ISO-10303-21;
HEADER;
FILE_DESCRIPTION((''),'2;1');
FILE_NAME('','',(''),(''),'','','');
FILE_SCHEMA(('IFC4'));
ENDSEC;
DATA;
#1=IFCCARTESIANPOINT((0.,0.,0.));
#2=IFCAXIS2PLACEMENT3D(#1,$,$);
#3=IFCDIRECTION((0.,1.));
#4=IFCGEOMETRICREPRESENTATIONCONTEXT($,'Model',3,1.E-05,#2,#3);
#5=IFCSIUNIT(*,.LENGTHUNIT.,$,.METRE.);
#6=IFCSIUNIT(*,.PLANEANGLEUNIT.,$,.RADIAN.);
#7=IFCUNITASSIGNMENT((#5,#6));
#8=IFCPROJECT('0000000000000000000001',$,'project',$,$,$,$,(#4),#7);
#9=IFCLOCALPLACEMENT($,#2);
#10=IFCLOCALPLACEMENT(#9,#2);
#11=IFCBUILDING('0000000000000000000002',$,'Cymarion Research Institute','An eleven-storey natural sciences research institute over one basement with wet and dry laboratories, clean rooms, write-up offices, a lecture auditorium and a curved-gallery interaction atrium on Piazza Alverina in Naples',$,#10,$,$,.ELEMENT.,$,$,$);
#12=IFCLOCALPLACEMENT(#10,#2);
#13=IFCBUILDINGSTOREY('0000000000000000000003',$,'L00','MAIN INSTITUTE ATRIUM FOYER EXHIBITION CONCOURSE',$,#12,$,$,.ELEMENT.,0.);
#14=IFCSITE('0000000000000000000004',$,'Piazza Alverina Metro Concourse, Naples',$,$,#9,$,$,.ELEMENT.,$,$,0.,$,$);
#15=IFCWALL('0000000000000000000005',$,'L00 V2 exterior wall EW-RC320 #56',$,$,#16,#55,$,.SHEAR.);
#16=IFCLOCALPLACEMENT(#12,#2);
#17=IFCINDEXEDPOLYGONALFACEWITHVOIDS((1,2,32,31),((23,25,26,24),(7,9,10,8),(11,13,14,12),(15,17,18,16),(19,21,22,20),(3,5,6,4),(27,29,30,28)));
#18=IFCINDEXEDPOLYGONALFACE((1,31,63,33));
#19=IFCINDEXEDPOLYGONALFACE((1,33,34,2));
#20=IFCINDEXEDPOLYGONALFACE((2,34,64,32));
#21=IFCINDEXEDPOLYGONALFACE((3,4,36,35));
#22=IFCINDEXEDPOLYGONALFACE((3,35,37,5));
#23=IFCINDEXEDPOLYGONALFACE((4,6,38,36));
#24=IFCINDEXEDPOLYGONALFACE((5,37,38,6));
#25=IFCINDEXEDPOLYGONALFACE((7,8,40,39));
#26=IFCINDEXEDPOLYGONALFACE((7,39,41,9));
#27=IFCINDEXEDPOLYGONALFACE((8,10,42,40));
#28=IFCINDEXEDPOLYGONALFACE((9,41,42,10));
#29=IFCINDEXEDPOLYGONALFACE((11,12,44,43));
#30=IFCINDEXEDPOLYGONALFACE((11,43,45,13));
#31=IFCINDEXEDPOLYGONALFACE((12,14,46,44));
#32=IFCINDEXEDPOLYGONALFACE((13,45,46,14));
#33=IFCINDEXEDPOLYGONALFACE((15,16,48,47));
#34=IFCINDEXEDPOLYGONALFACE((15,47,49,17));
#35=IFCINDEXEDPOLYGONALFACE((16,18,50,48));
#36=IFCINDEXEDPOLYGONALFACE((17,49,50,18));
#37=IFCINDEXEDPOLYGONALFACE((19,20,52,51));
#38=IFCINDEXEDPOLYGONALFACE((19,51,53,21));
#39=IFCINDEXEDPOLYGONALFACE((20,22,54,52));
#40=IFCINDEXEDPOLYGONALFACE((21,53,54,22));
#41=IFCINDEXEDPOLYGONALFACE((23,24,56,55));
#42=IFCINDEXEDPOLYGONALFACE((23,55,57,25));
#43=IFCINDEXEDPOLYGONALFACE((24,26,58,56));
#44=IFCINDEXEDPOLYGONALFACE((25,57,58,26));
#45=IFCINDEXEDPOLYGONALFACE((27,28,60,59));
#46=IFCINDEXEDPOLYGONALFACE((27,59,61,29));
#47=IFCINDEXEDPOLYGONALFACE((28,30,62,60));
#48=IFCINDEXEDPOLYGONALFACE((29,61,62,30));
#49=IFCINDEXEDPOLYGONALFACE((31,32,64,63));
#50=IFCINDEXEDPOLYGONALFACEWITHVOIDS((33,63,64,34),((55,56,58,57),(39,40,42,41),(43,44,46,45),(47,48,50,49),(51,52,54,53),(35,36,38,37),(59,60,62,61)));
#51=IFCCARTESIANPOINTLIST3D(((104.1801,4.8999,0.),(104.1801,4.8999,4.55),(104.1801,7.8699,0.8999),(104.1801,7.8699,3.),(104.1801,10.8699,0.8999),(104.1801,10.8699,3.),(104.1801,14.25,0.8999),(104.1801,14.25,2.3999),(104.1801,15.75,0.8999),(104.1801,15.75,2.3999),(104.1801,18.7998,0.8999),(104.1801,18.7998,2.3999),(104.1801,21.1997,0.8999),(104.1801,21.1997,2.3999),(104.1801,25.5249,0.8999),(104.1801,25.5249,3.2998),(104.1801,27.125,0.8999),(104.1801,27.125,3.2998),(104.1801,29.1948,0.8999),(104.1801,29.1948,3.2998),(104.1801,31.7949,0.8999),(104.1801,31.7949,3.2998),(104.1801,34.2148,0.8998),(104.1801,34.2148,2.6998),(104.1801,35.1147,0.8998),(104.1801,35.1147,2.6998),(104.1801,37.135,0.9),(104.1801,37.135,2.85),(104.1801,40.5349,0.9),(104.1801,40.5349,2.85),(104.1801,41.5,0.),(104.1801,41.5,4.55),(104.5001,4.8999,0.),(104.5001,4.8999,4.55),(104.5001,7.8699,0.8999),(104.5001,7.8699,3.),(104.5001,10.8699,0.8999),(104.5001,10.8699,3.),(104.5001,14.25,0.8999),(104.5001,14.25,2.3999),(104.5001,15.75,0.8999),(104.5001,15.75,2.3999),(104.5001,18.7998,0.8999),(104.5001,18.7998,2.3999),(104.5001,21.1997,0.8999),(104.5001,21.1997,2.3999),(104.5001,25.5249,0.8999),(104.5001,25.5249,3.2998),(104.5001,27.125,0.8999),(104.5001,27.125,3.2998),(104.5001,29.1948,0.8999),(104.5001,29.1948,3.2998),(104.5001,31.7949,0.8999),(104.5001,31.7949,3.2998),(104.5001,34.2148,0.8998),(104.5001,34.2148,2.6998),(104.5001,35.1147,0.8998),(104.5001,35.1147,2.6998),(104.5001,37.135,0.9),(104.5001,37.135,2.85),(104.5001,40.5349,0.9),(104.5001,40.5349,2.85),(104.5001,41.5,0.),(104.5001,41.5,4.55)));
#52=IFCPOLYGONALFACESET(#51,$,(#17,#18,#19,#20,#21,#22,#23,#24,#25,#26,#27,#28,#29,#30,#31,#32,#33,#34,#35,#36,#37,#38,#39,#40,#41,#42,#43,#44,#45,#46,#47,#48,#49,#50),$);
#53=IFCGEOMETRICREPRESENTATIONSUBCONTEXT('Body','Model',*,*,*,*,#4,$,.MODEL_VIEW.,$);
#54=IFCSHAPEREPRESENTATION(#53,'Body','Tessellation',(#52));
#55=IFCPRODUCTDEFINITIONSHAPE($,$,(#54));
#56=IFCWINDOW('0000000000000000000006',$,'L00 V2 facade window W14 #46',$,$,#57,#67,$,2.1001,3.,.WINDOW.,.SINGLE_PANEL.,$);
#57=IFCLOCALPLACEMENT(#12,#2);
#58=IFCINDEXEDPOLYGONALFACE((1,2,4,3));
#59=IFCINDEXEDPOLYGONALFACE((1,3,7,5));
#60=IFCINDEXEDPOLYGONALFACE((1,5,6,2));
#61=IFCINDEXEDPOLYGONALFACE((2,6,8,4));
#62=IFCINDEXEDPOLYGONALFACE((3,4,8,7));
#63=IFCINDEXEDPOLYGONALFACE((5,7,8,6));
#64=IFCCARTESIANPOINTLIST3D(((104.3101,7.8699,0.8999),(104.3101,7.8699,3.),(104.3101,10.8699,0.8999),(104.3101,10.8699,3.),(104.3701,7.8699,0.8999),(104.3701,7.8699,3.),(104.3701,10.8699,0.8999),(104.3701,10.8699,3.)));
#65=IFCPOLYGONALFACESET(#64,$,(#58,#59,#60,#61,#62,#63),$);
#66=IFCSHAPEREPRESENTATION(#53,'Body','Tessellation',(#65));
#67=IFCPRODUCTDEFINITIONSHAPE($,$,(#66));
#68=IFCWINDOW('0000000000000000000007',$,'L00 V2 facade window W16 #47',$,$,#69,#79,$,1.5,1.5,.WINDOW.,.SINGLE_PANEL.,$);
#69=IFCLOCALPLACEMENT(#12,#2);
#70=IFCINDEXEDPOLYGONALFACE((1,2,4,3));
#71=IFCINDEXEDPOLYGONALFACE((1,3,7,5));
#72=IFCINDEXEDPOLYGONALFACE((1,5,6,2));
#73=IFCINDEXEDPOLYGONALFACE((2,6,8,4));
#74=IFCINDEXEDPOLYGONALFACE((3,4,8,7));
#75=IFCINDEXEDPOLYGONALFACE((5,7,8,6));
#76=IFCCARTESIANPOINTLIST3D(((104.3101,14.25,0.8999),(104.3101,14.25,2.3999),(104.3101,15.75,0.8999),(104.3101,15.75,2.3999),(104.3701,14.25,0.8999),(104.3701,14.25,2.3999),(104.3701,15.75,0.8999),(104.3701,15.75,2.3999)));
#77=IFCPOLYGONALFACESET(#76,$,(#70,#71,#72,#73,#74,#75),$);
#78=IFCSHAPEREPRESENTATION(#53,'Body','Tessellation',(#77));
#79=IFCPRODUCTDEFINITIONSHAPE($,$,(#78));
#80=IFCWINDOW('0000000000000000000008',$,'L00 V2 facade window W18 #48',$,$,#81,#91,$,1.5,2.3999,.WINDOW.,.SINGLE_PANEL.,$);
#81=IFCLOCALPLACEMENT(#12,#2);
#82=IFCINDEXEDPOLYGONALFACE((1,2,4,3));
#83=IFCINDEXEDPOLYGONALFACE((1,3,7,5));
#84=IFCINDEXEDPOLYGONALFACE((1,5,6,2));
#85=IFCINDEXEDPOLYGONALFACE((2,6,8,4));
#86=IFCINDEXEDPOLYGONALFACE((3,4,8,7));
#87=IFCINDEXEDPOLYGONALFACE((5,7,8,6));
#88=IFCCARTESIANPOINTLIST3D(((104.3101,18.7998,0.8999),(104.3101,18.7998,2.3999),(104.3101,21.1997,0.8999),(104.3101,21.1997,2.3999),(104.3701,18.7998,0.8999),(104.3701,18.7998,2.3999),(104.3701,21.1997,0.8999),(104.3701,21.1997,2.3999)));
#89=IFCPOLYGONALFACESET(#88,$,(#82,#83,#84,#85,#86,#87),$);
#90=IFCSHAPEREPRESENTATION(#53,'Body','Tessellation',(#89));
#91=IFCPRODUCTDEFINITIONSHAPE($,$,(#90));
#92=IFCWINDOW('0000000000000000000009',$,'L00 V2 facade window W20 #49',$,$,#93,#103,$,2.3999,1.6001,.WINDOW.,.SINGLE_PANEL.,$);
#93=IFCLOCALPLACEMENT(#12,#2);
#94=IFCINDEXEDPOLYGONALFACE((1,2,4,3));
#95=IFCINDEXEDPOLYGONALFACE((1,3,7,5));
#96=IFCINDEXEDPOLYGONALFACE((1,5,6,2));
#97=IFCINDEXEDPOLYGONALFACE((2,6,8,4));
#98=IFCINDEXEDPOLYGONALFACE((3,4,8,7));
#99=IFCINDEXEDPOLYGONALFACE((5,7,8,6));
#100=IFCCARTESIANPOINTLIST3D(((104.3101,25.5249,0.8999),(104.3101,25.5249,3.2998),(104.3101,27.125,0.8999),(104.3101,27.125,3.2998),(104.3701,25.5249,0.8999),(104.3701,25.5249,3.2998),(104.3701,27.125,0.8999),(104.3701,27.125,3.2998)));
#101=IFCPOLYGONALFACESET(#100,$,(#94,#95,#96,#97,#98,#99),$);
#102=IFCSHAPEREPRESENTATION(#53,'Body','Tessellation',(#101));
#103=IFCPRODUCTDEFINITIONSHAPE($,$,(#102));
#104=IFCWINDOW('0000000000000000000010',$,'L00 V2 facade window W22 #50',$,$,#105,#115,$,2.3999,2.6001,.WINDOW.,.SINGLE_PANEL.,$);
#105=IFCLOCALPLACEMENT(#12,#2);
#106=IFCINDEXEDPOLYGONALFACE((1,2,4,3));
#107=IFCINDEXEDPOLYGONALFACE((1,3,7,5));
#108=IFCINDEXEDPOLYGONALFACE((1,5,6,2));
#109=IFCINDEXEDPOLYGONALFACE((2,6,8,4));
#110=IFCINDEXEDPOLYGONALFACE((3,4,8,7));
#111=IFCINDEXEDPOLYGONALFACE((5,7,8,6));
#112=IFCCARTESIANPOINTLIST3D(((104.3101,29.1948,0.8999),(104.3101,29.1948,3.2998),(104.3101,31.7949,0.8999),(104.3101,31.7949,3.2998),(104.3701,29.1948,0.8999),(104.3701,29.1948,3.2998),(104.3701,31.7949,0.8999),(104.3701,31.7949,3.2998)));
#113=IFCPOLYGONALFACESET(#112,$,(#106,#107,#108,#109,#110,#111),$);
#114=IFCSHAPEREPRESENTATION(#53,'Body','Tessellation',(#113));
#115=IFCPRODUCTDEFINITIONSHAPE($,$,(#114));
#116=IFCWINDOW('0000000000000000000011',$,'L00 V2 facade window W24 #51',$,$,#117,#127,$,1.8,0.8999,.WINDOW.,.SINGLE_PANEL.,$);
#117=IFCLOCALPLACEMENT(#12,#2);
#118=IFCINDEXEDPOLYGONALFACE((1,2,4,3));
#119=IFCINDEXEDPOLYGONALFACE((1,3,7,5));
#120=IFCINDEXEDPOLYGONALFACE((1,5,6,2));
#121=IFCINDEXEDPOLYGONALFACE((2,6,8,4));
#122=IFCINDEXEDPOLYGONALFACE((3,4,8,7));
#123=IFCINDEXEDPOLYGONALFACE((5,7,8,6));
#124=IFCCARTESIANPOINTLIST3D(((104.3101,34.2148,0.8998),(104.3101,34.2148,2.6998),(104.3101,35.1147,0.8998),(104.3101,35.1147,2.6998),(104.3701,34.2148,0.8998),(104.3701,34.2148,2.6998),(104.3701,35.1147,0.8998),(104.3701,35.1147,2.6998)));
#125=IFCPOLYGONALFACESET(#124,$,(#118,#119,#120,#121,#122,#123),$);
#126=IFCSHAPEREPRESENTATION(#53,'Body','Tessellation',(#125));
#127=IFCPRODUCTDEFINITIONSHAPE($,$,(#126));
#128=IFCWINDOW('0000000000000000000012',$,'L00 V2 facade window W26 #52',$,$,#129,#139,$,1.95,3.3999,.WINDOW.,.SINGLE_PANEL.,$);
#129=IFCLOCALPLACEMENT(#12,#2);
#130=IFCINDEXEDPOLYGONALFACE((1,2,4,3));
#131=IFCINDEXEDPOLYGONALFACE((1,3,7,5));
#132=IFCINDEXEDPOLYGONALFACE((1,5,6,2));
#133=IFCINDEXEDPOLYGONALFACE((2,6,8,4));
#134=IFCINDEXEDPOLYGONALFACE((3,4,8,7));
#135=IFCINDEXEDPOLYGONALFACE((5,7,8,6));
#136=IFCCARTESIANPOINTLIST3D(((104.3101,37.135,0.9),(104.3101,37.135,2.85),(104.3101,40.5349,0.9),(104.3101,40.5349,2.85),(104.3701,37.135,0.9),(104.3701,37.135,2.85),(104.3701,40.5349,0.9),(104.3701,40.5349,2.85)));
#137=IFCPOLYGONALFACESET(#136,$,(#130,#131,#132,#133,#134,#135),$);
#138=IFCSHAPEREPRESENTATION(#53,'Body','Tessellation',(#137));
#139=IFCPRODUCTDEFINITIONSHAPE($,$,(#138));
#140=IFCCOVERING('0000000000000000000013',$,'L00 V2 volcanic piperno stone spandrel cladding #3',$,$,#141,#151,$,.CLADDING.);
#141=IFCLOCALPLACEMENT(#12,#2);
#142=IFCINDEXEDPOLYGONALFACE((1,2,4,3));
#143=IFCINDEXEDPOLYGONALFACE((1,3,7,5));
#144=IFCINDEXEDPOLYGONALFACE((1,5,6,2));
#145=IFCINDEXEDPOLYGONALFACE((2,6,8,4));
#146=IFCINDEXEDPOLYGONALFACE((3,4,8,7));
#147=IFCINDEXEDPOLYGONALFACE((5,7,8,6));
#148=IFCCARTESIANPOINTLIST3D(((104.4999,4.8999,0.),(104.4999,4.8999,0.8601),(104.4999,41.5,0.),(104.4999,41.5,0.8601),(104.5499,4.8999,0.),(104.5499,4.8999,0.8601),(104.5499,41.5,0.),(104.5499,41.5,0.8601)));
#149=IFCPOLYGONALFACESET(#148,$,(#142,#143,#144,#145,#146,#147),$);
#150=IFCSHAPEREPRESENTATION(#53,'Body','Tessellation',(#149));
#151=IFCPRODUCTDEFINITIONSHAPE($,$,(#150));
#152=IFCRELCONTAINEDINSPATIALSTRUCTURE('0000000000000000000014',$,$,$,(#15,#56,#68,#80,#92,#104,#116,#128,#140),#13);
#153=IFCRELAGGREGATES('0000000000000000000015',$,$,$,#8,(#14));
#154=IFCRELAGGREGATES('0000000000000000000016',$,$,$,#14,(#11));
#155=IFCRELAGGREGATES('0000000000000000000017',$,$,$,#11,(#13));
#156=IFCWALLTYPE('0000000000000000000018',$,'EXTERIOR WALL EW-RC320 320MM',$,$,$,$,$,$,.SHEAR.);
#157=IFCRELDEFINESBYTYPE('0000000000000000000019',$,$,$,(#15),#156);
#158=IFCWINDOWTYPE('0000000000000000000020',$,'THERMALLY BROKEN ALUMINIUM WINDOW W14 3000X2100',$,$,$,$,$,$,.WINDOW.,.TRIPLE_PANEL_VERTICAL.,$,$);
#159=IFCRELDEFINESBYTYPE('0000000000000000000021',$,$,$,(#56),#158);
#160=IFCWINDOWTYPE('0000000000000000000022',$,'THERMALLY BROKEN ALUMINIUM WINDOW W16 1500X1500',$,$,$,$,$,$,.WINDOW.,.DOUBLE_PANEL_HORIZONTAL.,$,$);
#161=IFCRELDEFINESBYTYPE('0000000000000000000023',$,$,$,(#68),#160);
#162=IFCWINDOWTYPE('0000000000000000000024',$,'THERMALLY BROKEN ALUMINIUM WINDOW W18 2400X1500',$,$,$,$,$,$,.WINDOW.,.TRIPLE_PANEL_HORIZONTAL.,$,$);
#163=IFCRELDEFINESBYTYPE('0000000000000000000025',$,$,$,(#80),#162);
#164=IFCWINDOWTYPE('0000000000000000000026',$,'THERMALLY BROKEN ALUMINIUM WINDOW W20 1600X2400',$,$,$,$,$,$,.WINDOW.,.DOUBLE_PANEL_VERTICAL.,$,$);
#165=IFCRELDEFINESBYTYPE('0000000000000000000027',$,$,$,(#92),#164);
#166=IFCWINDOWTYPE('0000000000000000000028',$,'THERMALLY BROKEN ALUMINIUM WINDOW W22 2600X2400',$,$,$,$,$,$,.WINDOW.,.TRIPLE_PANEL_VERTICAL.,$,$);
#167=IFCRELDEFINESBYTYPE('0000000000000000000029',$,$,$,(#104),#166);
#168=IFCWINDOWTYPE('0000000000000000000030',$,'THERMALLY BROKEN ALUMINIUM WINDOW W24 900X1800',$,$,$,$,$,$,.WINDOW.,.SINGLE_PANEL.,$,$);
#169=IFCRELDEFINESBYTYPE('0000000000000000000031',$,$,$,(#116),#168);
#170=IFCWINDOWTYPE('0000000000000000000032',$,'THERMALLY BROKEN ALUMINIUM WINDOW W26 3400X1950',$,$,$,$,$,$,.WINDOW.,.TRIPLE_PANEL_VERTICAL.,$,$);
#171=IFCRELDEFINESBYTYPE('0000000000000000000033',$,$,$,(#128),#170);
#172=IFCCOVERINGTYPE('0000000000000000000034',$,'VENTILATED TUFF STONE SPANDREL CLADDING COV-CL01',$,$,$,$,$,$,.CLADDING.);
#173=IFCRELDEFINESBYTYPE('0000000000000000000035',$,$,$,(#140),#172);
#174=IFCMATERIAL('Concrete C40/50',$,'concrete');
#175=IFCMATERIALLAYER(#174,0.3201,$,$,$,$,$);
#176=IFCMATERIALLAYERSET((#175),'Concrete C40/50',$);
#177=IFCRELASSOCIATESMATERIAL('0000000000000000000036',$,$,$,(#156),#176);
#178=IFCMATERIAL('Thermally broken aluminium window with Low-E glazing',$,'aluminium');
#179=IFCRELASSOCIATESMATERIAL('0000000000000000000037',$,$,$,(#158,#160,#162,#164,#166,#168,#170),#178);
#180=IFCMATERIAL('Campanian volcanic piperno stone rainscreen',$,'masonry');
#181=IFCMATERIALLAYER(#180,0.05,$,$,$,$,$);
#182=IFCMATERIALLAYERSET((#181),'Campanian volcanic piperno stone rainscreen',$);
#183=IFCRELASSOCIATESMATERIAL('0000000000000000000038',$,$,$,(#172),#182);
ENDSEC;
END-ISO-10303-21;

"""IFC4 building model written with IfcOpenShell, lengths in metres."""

from ifc_helpers import new_model, si_unit, direction, frame, frame_2d, origin, place, context, subcontext, project, spatial, rectangle, extrude, material, layer, layer_set, type_object, element, fill, save


model = new_model("IFC4")

# Units and contexts
model_context = context("Model", 3, precision=1e-05, world=origin(), true_north=direction((0.0, 1.0)))
body_context = subcontext(model_context, "Body", "Model", "MODEL_VIEW")
ifc_project = project(units=[si_unit("LENGTHUNIT", "METRE"), si_unit("PLANEANGLEUNIT", "RADIAN")], contexts=[model_context])

# Site, building, storey
site_placement = place(None, origin())
site = spatial("IfcSite", under=ifc_project, at=site_placement, Name="Piazza Alverina Metro Concourse, Naples", CompositionType="ELEMENT", RefElevation=0.0)
building_placement = place(site_placement, origin())
building = spatial("IfcBuilding", under=site, at=building_placement, Name="Cymarion Research Institute", Description="An eleven-storey natural sciences research institute over one basement with wet and dry laboratories, clean rooms, write-up offices, a lecture auditorium and a curved-gallery interaction atrium on Piazza Alverina in Naples", CompositionType="ELEMENT")
storey_placement = place(building_placement, origin())
storey = spatial("IfcBuildingStorey", under=building, at=storey_placement, Name="L00", Description="MAIN INSTITUTE ATRIUM FOYER EXHIBITION CONCOURSE", CompositionType="ELEMENT", Elevation=0.0)

# Wall, openings, windows
ifc_material_1 = material(Name="Concrete C40/50", Category="concrete")
ifc_layer_1 = layer(ifc_material_1, 0.3201)
ifc_layer_set_1 = layer_set([ifc_layer_1], Name="Concrete C40/50")
wall_type = type_object("IfcWallType", Name="EXTERIOR WALL EW-RC320 320MM", PredefinedType="SHEAR", material=ifc_layer_set_1)
wall_placement = place(storey_placement, frame((104.3401, 4.8999, 0.0), z_axis=(0.0, 0.0, 1.0), x_axis=(0.0, 1.0, 0.0)))
wall = element("IfcWall", 1, at=wall_placement, inside=storey, type_object=wall_type, Name="L00 V2 exterior wall EW-RC320 #56", PredefinedType="SHEAR", context=body_context, shape_type="SweptSolid", body=[
    extrude(rectangle(XDim=36.6001, YDim=0.3201, at=frame_2d((18.3, 0.0))), origin(), (0.0, 0.0, 1.0), 4.55),
])
opening_1_placement = place(wall_placement, frame((2.97, 0.0, 0.8999)))
opening_1 = element("IfcOpeningElement", 2, at=opening_1_placement, cuts=wall, PredefinedType="OPENING", context=body_context, shape_type="SweptSolid", body=[
    extrude(rectangle(XDim=3.0, YDim=2.1001, at=frame_2d((1.5, 1.05))), frame((0.0, 0.1699, 0.0), z_axis=(0.0, -1.0, 0.0), x_axis=(1.0, 0.0, 0.0)), (0.0, 0.0, 1.0), 0.3401),
])
opening_2_placement = place(wall_placement, frame((9.3501, 0.0, 0.8999)))
opening_2 = element("IfcOpeningElement", 3, at=opening_2_placement, cuts=wall, PredefinedType="OPENING", context=body_context, shape_type="SweptSolid", body=[
    extrude(rectangle(XDim=1.5, YDim=1.5, at=frame_2d((0.75, 0.75))), frame((0.0, 0.1699, 0.0), z_axis=(0.0, -1.0, 0.0), x_axis=(1.0, 0.0, 0.0)), (0.0, 0.0, 1.0), 0.3401),
])
opening_3_placement = place(wall_placement, frame((13.8999, 0.0, 0.8999)))
opening_3 = element("IfcOpeningElement", 4, at=opening_3_placement, cuts=wall, PredefinedType="OPENING", context=body_context, shape_type="SweptSolid", body=[
    extrude(rectangle(XDim=2.3999, YDim=1.5, at=frame_2d((1.2, 0.75))), frame((0.0, 0.1699, 0.0), z_axis=(0.0, -1.0, 0.0), x_axis=(1.0, 0.0, 0.0)), (0.0, 0.0, 1.0), 0.3401),
])
opening_4_placement = place(wall_placement, frame((20.625, 0.0, 0.8999)))
opening_4 = element("IfcOpeningElement", 5, at=opening_4_placement, cuts=wall, PredefinedType="OPENING", context=body_context, shape_type="SweptSolid", body=[
    extrude(rectangle(XDim=1.6001, YDim=2.3999, at=frame_2d((0.8, 1.2))), frame((0.0, 0.1699, 0.0), z_axis=(0.0, -1.0, 0.0), x_axis=(1.0, 0.0, 0.0)), (0.0, 0.0, 1.0), 0.3401),
])
opening_5_placement = place(wall_placement, frame((24.2949, 0.0, 0.8999)))
opening_5 = element("IfcOpeningElement", 6, at=opening_5_placement, cuts=wall, PredefinedType="OPENING", context=body_context, shape_type="SweptSolid", body=[
    extrude(rectangle(XDim=2.6001, YDim=2.3999, at=frame_2d((1.3, 1.2))), frame((0.0, 0.1699, 0.0), z_axis=(0.0, -1.0, 0.0), x_axis=(1.0, 0.0, 0.0)), (0.0, 0.0, 1.0), 0.3401),
])
opening_6_placement = place(wall_placement, frame((29.3149, 0.0, 0.8999)))
opening_6 = element("IfcOpeningElement", 7, at=opening_6_placement, cuts=wall, PredefinedType="OPENING", context=body_context, shape_type="SweptSolid", body=[
    extrude(rectangle(XDim=0.8999, YDim=1.8, at=frame_2d((0.45, 0.8999))), frame((0.0, 0.1699, 0.0), z_axis=(0.0, -1.0, 0.0), x_axis=(1.0, 0.0, 0.0)), (0.0, 0.0, 1.0), 0.3401),
])
opening_7_placement = place(wall_placement, frame((32.2351, 0.0, 0.8999)))
opening_7 = element("IfcOpeningElement", 8, at=opening_7_placement, cuts=wall, PredefinedType="OPENING", context=body_context, shape_type="SweptSolid", body=[
    extrude(rectangle(XDim=3.3999, YDim=1.95, at=frame_2d((1.7, 0.9751))), frame((0.0, 0.1699, 0.0), z_axis=(0.0, -1.0, 0.0), x_axis=(1.0, 0.0, 0.0)), (0.0, 0.0, 1.0), 0.3401),
])
ifc_material_2 = material(Name="Thermally broken aluminium window with Low-E glazing", Category="aluminium")
window_type_1 = type_object("IfcWindowType", Name="THERMALLY BROKEN ALUMINIUM WINDOW W14 3000X2100", PartitioningType="TRIPLE_PANEL_VERTICAL", PredefinedType="WINDOW", material=ifc_material_2)
window_1_placement = place(opening_1_placement, origin())
window_1 = element("IfcWindow", 9, at=window_1_placement, inside=storey, type_object=window_type_1, Name="L00 V2 facade window W14 #46", OverallHeight=2.1001, OverallWidth=3.0, PartitioningType="SINGLE_PANEL", PredefinedType="WINDOW", context=body_context, shape_type="SweptSolid", body=[
    extrude(rectangle(XDim=3.0, YDim=2.1001, at=frame_2d((1.5, 1.05))), frame((0.0, 0.03, 0.0), z_axis=(0.0, -1.0, 0.0), x_axis=(1.0, 0.0, 0.0)), (0.0, 0.0, 1.0), 0.0601),
])
fill(opening_1, window_1)
window_type_2 = type_object("IfcWindowType", Name="THERMALLY BROKEN ALUMINIUM WINDOW W16 1500X1500", PartitioningType="DOUBLE_PANEL_HORIZONTAL", PredefinedType="WINDOW", material=ifc_material_2)
window_2_placement = place(opening_2_placement, origin())
window_2 = element("IfcWindow", 10, at=window_2_placement, inside=storey, type_object=window_type_2, Name="L00 V2 facade window W16 #47", OverallHeight=1.5, OverallWidth=1.5, PartitioningType="SINGLE_PANEL", PredefinedType="WINDOW", context=body_context, shape_type="SweptSolid", body=[
    extrude(rectangle(XDim=1.5, YDim=1.5, at=frame_2d((0.75, 0.75))), frame((0.0, 0.03, 0.0), z_axis=(0.0, -1.0, 0.0), x_axis=(1.0, 0.0, 0.0)), (0.0, 0.0, 1.0), 0.0601),
])
fill(opening_2, window_2)
window_type_3 = type_object("IfcWindowType", Name="THERMALLY BROKEN ALUMINIUM WINDOW W18 2400X1500", PartitioningType="TRIPLE_PANEL_HORIZONTAL", PredefinedType="WINDOW", material=ifc_material_2)
window_3_placement = place(opening_3_placement, origin())
window_3 = element("IfcWindow", 11, at=window_3_placement, inside=storey, type_object=window_type_3, Name="L00 V2 facade window W18 #48", OverallHeight=1.5, OverallWidth=2.3999, PartitioningType="SINGLE_PANEL", PredefinedType="WINDOW", context=body_context, shape_type="SweptSolid", body=[
    extrude(rectangle(XDim=2.3999, YDim=1.5, at=frame_2d((1.2, 0.75))), frame((0.0, 0.03, 0.0), z_axis=(0.0, -1.0, 0.0), x_axis=(1.0, 0.0, 0.0)), (0.0, 0.0, 1.0), 0.0601),
])
fill(opening_3, window_3)
window_type_4 = type_object("IfcWindowType", Name="THERMALLY BROKEN ALUMINIUM WINDOW W20 1600X2400", PartitioningType="DOUBLE_PANEL_VERTICAL", PredefinedType="WINDOW", material=ifc_material_2)
window_4_placement = place(opening_4_placement, origin())
window_4 = element("IfcWindow", 12, at=window_4_placement, inside=storey, type_object=window_type_4, Name="L00 V2 facade window W20 #49", OverallHeight=2.3999, OverallWidth=1.6001, PartitioningType="SINGLE_PANEL", PredefinedType="WINDOW", context=body_context, shape_type="SweptSolid", body=[
    extrude(rectangle(XDim=1.6001, YDim=2.3999, at=frame_2d((0.8, 1.2))), frame((0.0, 0.03, 0.0), z_axis=(0.0, -1.0, 0.0), x_axis=(1.0, 0.0, 0.0)), (0.0, 0.0, 1.0), 0.0601),
])
fill(opening_4, window_4)
window_type_5 = type_object("IfcWindowType", Name="THERMALLY BROKEN ALUMINIUM WINDOW W22 2600X2400", PartitioningType="TRIPLE_PANEL_VERTICAL", PredefinedType="WINDOW", material=ifc_material_2)
window_5_placement = place(opening_5_placement, origin())
window_5 = element("IfcWindow", 13, at=window_5_placement, inside=storey, type_object=window_type_5, Name="L00 V2 facade window W22 #50", OverallHeight=2.3999, OverallWidth=2.6001, PartitioningType="SINGLE_PANEL", PredefinedType="WINDOW", context=body_context, shape_type="SweptSolid", body=[
    extrude(rectangle(XDim=2.6001, YDim=2.3999, at=frame_2d((1.3, 1.2))), frame((0.0, 0.03, 0.0), z_axis=(0.0, -1.0, 0.0), x_axis=(1.0, 0.0, 0.0)), (0.0, 0.0, 1.0), 0.0601),
])
fill(opening_5, window_5)
window_type_6 = type_object("IfcWindowType", Name="THERMALLY BROKEN ALUMINIUM WINDOW W24 900X1800", PartitioningType="SINGLE_PANEL", PredefinedType="WINDOW", material=ifc_material_2)
window_6_placement = place(opening_6_placement, origin())
window_6 = element("IfcWindow", 14, at=window_6_placement, inside=storey, type_object=window_type_6, Name="L00 V2 facade window W24 #51", OverallHeight=1.8, OverallWidth=0.8999, PartitioningType="SINGLE_PANEL", PredefinedType="WINDOW", context=body_context, shape_type="SweptSolid", body=[
    extrude(rectangle(XDim=0.8999, YDim=1.8, at=frame_2d((0.45, 0.8999))), frame((0.0, 0.03, 0.0), z_axis=(0.0, -1.0, 0.0), x_axis=(1.0, 0.0, 0.0)), (0.0, 0.0, 1.0), 0.0601),
])
fill(opening_6, window_6)
window_type_7 = type_object("IfcWindowType", Name="THERMALLY BROKEN ALUMINIUM WINDOW W26 3400X1950", PartitioningType="TRIPLE_PANEL_VERTICAL", PredefinedType="WINDOW", material=ifc_material_2)
window_7_placement = place(opening_7_placement, origin())
window_7 = element("IfcWindow", 15, at=window_7_placement, inside=storey, type_object=window_type_7, Name="L00 V2 facade window W26 #52", OverallHeight=1.95, OverallWidth=3.3999, PartitioningType="SINGLE_PANEL", PredefinedType="WINDOW", context=body_context, shape_type="SweptSolid", body=[
    extrude(rectangle(XDim=3.3999, YDim=1.95, at=frame_2d((1.7, 0.9751))), frame((0.0, 0.03, 0.0), z_axis=(0.0, -1.0, 0.0), x_axis=(1.0, 0.0, 0.0)), (0.0, 0.0, 1.0), 0.0601),
])
fill(opening_7, window_7)

# Covering
ifc_material_3 = material(Name="Campanian volcanic piperno stone rainscreen", Category="masonry")
ifc_layer_2 = layer(ifc_material_3, 0.05)
ifc_layer_set_2 = layer_set([ifc_layer_2], Name="Campanian volcanic piperno stone rainscreen")
covering_type = type_object("IfcCoveringType", Name="VENTILATED TUFF STONE SPANDREL CLADDING COV-CL01", PredefinedType="CLADDING", material=ifc_layer_set_2)
covering_placement = place(storey_placement, frame((104.5249, 4.8999, 0.0), z_axis=(0.0, 0.0, 1.0), x_axis=(0.0, 1.0, 0.0)))
element("IfcCovering", 16, at=covering_placement, inside=storey, type_object=covering_type, Name="L00 V2 volcanic piperno stone spandrel cladding #3", PredefinedType="CLADDING", context=body_context, shape_type="SweptSolid", body=[
    extrude(rectangle(XDim=36.6001, YDim=0.05, at=frame_2d((18.3, 0.0))), origin(), (0.0, 0.0, 1.0), 0.8601),
])

save(model, "model.ifc")
